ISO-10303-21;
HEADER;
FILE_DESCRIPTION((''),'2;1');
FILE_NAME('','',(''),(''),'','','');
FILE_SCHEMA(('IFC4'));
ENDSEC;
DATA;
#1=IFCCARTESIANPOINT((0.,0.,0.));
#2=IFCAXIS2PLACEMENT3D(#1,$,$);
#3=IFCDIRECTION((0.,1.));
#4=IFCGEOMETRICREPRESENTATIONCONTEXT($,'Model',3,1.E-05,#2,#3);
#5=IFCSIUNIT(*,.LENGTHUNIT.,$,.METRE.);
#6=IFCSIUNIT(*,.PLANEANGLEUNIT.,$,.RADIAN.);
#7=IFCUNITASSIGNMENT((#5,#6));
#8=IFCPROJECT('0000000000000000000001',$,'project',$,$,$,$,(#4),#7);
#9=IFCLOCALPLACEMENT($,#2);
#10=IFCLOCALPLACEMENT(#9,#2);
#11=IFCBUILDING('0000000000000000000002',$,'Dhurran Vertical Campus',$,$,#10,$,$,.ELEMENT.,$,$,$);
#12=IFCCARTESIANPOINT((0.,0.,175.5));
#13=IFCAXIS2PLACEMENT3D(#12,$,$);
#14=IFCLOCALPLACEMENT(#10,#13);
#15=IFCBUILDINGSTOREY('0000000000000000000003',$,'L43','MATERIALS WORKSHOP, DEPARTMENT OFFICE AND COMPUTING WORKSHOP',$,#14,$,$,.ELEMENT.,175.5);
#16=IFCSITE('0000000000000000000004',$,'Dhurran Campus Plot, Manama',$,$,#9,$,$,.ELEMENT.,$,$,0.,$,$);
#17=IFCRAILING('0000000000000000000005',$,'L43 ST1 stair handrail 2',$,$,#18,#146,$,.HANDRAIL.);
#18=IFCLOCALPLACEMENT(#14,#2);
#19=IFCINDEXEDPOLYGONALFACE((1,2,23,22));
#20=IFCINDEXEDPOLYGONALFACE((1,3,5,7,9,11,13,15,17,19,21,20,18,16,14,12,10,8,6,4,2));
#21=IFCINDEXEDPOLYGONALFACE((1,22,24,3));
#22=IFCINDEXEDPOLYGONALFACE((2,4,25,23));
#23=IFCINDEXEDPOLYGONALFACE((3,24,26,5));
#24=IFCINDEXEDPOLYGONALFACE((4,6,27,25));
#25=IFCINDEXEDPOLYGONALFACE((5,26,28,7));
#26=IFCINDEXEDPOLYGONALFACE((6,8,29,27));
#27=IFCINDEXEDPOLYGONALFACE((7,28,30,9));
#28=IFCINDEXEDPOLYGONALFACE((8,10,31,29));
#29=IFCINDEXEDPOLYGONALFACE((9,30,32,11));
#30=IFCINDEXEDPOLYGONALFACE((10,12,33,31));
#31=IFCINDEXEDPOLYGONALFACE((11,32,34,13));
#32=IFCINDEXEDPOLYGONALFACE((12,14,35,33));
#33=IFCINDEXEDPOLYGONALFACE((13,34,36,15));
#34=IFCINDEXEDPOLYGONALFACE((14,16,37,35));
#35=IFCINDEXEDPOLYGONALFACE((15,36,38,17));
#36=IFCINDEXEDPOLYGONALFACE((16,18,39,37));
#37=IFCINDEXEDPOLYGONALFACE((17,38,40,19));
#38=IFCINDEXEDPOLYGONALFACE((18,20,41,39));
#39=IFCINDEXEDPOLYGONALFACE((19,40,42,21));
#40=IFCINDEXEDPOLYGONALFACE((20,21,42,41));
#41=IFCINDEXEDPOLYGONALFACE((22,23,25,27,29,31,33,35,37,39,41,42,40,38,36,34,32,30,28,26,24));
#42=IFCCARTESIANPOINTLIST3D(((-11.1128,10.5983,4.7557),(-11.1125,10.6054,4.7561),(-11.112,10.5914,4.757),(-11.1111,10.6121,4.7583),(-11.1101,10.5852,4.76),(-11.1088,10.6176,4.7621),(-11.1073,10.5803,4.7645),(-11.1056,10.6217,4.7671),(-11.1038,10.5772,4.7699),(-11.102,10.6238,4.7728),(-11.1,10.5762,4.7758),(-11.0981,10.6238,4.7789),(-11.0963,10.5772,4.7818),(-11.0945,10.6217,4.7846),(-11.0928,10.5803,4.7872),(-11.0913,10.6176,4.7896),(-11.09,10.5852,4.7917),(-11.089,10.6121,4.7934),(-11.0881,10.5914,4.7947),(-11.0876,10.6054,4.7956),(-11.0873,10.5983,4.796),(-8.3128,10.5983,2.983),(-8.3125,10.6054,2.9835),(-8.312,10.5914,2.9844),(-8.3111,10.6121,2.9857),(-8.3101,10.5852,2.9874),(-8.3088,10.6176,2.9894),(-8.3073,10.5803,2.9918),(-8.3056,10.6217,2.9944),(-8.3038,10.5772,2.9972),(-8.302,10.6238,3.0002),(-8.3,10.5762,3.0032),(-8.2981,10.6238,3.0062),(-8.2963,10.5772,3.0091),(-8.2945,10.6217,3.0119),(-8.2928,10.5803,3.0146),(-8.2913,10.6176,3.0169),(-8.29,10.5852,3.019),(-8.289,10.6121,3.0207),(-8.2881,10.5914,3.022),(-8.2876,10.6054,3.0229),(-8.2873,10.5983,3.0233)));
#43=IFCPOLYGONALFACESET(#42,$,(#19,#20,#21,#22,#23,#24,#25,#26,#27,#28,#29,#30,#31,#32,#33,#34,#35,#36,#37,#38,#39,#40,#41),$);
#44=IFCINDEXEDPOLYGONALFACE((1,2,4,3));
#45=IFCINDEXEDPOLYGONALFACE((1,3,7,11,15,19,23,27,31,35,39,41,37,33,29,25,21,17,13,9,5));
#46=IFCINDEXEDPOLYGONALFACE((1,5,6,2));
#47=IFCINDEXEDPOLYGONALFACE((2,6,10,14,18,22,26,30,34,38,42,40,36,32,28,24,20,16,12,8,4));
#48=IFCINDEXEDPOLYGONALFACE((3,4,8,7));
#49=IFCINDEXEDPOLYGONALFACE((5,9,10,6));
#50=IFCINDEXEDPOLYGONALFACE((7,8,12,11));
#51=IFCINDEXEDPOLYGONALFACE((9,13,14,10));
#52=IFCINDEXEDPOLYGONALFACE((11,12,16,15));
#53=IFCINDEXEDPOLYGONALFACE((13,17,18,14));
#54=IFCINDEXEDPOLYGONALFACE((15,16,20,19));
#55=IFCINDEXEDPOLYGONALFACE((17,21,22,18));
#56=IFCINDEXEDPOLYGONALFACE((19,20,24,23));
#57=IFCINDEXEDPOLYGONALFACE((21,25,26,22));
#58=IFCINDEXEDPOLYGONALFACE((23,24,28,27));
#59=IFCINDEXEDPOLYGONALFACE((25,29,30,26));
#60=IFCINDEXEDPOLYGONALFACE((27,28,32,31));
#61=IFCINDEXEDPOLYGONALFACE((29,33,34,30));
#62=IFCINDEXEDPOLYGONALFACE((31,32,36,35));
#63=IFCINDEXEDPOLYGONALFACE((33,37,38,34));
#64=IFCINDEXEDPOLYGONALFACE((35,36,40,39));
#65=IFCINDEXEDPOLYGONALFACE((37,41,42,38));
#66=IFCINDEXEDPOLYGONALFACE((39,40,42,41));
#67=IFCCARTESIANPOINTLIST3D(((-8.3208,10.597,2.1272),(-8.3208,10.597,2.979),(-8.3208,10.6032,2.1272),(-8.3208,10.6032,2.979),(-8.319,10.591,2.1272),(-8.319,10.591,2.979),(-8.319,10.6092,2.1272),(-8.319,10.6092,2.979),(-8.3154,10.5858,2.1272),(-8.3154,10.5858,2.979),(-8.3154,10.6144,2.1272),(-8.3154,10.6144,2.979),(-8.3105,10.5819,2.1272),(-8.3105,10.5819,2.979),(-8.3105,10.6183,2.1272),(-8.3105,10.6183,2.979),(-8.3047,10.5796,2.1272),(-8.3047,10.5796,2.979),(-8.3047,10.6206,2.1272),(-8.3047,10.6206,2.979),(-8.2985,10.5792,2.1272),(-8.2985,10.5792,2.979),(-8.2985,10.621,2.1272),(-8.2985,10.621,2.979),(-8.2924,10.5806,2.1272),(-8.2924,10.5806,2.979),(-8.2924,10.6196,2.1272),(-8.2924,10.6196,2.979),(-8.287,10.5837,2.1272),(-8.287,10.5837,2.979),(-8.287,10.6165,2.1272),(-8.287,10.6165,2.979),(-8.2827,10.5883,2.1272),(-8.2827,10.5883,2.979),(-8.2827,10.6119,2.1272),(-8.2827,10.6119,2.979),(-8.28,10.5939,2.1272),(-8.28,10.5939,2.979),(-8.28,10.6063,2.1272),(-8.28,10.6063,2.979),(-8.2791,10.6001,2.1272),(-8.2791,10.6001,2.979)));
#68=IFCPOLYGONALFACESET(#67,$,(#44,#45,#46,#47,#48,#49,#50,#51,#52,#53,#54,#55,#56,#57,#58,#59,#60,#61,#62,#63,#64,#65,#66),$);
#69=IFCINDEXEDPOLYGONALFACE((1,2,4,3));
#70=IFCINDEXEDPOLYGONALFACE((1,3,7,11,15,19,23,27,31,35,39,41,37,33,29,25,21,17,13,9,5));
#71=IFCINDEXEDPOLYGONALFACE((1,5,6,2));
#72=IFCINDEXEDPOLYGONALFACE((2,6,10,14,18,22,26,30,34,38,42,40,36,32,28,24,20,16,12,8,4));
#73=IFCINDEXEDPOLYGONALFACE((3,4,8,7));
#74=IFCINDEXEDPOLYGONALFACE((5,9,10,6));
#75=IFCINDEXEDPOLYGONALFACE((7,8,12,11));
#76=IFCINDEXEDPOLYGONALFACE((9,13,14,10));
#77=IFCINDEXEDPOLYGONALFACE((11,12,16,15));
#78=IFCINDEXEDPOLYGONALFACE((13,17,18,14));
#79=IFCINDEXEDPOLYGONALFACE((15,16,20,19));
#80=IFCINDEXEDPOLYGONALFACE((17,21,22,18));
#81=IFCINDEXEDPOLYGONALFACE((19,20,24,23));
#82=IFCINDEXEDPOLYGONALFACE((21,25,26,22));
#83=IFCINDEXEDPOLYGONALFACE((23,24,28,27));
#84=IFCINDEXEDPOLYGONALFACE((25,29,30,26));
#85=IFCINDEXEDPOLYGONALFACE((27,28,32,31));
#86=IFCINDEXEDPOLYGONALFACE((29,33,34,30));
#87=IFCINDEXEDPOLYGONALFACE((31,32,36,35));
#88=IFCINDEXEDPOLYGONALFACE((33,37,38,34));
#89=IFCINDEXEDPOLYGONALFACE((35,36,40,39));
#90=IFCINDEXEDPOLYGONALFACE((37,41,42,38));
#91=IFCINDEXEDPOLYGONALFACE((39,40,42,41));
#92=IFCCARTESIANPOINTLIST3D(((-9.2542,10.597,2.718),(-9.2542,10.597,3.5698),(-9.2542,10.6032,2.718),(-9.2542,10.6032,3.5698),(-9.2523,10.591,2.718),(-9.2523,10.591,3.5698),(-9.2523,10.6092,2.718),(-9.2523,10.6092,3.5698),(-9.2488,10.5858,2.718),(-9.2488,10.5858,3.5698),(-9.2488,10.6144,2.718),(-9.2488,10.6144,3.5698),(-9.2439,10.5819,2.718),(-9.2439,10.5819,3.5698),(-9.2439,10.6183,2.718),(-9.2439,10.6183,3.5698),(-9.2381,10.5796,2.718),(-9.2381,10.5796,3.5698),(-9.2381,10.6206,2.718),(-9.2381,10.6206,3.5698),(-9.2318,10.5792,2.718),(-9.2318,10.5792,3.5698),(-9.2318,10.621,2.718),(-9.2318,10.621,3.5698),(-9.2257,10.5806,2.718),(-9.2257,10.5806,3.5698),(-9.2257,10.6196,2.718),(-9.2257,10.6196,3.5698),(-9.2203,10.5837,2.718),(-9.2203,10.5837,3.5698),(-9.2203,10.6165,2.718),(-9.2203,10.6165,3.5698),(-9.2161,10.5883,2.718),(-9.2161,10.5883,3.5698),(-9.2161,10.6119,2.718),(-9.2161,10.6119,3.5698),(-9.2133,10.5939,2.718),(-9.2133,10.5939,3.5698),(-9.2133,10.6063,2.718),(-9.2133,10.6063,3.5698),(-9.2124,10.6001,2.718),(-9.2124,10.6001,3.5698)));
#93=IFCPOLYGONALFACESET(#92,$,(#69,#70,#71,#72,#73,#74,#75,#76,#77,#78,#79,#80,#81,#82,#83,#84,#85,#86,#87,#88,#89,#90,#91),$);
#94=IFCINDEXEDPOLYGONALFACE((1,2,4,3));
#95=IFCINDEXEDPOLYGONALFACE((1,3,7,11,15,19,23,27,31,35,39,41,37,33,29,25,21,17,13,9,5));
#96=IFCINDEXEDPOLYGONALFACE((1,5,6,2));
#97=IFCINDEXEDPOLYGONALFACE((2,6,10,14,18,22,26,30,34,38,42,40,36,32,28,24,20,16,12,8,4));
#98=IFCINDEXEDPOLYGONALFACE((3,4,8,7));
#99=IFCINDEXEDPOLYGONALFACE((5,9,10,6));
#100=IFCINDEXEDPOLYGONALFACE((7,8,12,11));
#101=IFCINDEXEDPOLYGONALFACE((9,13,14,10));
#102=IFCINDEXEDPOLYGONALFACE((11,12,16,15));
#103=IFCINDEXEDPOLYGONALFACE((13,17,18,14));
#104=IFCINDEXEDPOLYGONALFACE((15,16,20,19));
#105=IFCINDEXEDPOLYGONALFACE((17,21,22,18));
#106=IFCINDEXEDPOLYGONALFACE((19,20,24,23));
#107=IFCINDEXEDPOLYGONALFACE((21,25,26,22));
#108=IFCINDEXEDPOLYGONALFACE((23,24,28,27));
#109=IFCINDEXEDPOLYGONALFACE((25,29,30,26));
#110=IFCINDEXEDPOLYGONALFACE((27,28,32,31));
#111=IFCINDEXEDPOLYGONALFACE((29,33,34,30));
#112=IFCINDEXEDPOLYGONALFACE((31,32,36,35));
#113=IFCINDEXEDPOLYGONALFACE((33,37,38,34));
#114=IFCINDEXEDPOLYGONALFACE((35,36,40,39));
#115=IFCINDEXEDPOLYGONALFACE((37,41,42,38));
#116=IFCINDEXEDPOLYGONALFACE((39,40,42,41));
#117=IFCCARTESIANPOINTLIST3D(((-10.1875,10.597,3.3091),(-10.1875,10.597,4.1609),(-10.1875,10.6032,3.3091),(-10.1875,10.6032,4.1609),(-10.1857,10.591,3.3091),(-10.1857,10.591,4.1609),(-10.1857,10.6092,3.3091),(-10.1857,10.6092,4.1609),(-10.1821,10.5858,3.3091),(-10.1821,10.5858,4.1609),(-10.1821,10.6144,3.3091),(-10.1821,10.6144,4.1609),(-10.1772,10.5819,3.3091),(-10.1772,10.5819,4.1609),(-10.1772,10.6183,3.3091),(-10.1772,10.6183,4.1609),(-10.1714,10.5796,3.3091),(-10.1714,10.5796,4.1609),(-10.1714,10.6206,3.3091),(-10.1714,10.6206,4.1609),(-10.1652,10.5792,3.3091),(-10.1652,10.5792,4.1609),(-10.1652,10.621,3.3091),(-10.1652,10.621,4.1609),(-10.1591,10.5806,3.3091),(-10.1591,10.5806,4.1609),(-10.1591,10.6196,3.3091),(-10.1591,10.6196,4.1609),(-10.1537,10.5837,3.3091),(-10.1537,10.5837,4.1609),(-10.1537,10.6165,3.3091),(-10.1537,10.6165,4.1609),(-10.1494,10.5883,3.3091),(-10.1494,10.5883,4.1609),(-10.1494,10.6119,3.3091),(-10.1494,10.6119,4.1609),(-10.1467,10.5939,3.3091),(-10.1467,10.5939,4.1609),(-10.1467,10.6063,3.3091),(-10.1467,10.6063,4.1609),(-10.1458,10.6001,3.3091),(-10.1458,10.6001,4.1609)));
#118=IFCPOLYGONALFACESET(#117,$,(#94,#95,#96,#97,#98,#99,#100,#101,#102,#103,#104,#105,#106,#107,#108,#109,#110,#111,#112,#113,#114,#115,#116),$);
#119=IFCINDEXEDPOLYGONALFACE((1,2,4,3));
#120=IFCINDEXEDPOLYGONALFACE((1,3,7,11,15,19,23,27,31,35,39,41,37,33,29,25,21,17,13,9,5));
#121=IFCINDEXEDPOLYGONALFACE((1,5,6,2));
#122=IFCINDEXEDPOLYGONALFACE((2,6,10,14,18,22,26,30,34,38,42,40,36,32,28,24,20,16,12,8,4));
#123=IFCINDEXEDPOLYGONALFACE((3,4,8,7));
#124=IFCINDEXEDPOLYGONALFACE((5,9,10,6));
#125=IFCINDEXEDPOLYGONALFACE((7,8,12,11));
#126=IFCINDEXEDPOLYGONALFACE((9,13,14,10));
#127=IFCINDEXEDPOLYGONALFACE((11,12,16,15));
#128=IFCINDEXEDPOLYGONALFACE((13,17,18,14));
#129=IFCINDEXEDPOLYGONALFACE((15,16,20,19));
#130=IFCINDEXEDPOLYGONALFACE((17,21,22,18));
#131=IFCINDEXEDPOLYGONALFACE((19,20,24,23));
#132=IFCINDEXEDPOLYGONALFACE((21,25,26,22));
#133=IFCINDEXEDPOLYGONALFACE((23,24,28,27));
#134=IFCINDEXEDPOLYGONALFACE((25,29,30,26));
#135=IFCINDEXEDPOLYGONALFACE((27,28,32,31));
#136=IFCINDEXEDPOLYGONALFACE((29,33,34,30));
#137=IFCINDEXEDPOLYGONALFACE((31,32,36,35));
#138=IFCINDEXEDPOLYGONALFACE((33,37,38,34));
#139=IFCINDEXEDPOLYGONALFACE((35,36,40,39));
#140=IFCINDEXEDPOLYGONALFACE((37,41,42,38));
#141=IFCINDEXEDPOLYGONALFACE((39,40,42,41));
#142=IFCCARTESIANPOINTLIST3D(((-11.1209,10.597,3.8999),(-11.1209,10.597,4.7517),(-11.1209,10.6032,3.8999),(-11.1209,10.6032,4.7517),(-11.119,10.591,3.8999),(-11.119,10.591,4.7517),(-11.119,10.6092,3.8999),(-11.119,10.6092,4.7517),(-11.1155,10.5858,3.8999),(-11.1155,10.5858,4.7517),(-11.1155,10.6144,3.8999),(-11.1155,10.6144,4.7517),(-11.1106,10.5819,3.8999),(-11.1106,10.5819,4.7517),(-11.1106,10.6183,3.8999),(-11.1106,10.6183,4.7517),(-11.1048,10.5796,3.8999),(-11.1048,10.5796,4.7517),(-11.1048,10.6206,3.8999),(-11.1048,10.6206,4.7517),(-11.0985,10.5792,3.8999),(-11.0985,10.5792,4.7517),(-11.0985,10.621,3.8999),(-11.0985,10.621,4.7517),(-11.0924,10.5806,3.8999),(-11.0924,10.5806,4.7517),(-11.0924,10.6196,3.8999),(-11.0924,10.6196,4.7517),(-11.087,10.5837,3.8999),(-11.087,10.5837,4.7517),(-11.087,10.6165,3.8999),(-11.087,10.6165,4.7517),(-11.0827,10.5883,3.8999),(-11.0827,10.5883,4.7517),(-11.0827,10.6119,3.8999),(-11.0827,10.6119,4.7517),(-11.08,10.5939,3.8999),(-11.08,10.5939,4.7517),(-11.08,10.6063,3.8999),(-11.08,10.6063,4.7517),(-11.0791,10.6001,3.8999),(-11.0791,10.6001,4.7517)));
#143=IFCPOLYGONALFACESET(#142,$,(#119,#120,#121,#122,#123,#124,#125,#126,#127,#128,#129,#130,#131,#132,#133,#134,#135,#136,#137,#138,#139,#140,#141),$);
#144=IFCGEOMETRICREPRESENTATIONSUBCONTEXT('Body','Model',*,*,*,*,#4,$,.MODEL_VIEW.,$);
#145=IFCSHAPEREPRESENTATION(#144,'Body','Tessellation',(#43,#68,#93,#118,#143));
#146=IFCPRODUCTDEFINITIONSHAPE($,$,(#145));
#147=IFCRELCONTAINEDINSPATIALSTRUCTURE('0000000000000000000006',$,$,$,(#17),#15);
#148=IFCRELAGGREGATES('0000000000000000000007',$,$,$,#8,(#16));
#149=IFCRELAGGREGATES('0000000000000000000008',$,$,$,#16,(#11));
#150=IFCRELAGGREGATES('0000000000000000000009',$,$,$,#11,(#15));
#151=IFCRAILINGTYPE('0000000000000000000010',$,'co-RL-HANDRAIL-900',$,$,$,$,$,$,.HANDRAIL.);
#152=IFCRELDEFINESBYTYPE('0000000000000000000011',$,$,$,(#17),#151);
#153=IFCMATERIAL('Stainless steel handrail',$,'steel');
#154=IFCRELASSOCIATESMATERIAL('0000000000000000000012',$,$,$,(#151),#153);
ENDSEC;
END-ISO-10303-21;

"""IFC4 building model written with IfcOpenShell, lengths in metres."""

from ifc_helpers import new_model, si_unit, direction, frame, origin, origin_2d, place, context, subcontext, project, spatial, circle, extrude, material, type_object, element, save


model = new_model("IFC4")

# Units and contexts
model_context = context("Model", 3, precision=1e-05, world=origin(), true_north=direction((0.0, 1.0)))
body_context = subcontext(model_context, "Body", "Model", "MODEL_VIEW")
ifc_project = project(units=[si_unit("LENGTHUNIT", "METRE"), si_unit("PLANEANGLEUNIT", "RADIAN")], contexts=[model_context])

# Site, building, storey
site_placement = place(None, origin())
site = spatial("IfcSite", under=ifc_project, at=site_placement, Name="Dhurran Campus Plot, Manama", CompositionType="ELEMENT", RefElevation=0.0)
building_placement = place(site_placement, origin())
building = spatial("IfcBuilding", under=site, at=building_placement, Name="Dhurran Vertical Campus", CompositionType="ELEMENT")
storey_placement = place(building_placement, frame((0.0, 0.0, 175.5)))
storey = spatial("IfcBuildingStorey", under=building, at=storey_placement, Name="L43", Description="MATERIALS WORKSHOP, DEPARTMENT OFFICE AND COMPUTING WORKSHOP", CompositionType="ELEMENT", Elevation=175.5)

# Railing
ifc_material_1 = material(Name="Stainless steel handrail", Category="steel")
railing_type_1 = type_object("IfcRailingType", Name="co-RL-HANDRAIL-900", PredefinedType="HANDRAIL", material=ifc_material_1)
railing_1_placement = place(storey_placement, frame((-8.3, 10.6001, 2.1272)))
element("IfcRailing", 1, at=railing_1_placement, inside=storey, type_object=railing_type_1, Name="L43 ST1 stair handrail 2", PredefinedType="HANDRAIL", context=body_context, shape_type="SweptSolid", body=[
    extrude(circle(Radius=0.0239, at=origin_2d()), frame((0.0, 0.0, 0.876), z_axis=(-0.844909, 0.0, 0.53491), x_axis=(0.0, -1.0, 0.0)), (0.0, 0.0, 1.0), 3.314),
    extrude(circle(Radius=0.021, at=origin_2d()), origin(), (0.0, 0.0, 1.0), 0.8518),
    extrude(circle(Radius=0.021, at=origin_2d()), frame((-0.9333, 0.0, 0.5908)), (0.0, 0.0, 1.0), 0.8518),
    extrude(circle(Radius=0.021, at=origin_2d()), frame((-1.8667, 0.0, 1.1819)), (0.0, 0.0, 1.0), 0.8518),
    extrude(circle(Radius=0.021, at=origin_2d()), frame((-2.8, 0.0, 1.7727)), (0.0, 0.0, 1.0), 0.8518),
])

save(model, "model.ifc")
